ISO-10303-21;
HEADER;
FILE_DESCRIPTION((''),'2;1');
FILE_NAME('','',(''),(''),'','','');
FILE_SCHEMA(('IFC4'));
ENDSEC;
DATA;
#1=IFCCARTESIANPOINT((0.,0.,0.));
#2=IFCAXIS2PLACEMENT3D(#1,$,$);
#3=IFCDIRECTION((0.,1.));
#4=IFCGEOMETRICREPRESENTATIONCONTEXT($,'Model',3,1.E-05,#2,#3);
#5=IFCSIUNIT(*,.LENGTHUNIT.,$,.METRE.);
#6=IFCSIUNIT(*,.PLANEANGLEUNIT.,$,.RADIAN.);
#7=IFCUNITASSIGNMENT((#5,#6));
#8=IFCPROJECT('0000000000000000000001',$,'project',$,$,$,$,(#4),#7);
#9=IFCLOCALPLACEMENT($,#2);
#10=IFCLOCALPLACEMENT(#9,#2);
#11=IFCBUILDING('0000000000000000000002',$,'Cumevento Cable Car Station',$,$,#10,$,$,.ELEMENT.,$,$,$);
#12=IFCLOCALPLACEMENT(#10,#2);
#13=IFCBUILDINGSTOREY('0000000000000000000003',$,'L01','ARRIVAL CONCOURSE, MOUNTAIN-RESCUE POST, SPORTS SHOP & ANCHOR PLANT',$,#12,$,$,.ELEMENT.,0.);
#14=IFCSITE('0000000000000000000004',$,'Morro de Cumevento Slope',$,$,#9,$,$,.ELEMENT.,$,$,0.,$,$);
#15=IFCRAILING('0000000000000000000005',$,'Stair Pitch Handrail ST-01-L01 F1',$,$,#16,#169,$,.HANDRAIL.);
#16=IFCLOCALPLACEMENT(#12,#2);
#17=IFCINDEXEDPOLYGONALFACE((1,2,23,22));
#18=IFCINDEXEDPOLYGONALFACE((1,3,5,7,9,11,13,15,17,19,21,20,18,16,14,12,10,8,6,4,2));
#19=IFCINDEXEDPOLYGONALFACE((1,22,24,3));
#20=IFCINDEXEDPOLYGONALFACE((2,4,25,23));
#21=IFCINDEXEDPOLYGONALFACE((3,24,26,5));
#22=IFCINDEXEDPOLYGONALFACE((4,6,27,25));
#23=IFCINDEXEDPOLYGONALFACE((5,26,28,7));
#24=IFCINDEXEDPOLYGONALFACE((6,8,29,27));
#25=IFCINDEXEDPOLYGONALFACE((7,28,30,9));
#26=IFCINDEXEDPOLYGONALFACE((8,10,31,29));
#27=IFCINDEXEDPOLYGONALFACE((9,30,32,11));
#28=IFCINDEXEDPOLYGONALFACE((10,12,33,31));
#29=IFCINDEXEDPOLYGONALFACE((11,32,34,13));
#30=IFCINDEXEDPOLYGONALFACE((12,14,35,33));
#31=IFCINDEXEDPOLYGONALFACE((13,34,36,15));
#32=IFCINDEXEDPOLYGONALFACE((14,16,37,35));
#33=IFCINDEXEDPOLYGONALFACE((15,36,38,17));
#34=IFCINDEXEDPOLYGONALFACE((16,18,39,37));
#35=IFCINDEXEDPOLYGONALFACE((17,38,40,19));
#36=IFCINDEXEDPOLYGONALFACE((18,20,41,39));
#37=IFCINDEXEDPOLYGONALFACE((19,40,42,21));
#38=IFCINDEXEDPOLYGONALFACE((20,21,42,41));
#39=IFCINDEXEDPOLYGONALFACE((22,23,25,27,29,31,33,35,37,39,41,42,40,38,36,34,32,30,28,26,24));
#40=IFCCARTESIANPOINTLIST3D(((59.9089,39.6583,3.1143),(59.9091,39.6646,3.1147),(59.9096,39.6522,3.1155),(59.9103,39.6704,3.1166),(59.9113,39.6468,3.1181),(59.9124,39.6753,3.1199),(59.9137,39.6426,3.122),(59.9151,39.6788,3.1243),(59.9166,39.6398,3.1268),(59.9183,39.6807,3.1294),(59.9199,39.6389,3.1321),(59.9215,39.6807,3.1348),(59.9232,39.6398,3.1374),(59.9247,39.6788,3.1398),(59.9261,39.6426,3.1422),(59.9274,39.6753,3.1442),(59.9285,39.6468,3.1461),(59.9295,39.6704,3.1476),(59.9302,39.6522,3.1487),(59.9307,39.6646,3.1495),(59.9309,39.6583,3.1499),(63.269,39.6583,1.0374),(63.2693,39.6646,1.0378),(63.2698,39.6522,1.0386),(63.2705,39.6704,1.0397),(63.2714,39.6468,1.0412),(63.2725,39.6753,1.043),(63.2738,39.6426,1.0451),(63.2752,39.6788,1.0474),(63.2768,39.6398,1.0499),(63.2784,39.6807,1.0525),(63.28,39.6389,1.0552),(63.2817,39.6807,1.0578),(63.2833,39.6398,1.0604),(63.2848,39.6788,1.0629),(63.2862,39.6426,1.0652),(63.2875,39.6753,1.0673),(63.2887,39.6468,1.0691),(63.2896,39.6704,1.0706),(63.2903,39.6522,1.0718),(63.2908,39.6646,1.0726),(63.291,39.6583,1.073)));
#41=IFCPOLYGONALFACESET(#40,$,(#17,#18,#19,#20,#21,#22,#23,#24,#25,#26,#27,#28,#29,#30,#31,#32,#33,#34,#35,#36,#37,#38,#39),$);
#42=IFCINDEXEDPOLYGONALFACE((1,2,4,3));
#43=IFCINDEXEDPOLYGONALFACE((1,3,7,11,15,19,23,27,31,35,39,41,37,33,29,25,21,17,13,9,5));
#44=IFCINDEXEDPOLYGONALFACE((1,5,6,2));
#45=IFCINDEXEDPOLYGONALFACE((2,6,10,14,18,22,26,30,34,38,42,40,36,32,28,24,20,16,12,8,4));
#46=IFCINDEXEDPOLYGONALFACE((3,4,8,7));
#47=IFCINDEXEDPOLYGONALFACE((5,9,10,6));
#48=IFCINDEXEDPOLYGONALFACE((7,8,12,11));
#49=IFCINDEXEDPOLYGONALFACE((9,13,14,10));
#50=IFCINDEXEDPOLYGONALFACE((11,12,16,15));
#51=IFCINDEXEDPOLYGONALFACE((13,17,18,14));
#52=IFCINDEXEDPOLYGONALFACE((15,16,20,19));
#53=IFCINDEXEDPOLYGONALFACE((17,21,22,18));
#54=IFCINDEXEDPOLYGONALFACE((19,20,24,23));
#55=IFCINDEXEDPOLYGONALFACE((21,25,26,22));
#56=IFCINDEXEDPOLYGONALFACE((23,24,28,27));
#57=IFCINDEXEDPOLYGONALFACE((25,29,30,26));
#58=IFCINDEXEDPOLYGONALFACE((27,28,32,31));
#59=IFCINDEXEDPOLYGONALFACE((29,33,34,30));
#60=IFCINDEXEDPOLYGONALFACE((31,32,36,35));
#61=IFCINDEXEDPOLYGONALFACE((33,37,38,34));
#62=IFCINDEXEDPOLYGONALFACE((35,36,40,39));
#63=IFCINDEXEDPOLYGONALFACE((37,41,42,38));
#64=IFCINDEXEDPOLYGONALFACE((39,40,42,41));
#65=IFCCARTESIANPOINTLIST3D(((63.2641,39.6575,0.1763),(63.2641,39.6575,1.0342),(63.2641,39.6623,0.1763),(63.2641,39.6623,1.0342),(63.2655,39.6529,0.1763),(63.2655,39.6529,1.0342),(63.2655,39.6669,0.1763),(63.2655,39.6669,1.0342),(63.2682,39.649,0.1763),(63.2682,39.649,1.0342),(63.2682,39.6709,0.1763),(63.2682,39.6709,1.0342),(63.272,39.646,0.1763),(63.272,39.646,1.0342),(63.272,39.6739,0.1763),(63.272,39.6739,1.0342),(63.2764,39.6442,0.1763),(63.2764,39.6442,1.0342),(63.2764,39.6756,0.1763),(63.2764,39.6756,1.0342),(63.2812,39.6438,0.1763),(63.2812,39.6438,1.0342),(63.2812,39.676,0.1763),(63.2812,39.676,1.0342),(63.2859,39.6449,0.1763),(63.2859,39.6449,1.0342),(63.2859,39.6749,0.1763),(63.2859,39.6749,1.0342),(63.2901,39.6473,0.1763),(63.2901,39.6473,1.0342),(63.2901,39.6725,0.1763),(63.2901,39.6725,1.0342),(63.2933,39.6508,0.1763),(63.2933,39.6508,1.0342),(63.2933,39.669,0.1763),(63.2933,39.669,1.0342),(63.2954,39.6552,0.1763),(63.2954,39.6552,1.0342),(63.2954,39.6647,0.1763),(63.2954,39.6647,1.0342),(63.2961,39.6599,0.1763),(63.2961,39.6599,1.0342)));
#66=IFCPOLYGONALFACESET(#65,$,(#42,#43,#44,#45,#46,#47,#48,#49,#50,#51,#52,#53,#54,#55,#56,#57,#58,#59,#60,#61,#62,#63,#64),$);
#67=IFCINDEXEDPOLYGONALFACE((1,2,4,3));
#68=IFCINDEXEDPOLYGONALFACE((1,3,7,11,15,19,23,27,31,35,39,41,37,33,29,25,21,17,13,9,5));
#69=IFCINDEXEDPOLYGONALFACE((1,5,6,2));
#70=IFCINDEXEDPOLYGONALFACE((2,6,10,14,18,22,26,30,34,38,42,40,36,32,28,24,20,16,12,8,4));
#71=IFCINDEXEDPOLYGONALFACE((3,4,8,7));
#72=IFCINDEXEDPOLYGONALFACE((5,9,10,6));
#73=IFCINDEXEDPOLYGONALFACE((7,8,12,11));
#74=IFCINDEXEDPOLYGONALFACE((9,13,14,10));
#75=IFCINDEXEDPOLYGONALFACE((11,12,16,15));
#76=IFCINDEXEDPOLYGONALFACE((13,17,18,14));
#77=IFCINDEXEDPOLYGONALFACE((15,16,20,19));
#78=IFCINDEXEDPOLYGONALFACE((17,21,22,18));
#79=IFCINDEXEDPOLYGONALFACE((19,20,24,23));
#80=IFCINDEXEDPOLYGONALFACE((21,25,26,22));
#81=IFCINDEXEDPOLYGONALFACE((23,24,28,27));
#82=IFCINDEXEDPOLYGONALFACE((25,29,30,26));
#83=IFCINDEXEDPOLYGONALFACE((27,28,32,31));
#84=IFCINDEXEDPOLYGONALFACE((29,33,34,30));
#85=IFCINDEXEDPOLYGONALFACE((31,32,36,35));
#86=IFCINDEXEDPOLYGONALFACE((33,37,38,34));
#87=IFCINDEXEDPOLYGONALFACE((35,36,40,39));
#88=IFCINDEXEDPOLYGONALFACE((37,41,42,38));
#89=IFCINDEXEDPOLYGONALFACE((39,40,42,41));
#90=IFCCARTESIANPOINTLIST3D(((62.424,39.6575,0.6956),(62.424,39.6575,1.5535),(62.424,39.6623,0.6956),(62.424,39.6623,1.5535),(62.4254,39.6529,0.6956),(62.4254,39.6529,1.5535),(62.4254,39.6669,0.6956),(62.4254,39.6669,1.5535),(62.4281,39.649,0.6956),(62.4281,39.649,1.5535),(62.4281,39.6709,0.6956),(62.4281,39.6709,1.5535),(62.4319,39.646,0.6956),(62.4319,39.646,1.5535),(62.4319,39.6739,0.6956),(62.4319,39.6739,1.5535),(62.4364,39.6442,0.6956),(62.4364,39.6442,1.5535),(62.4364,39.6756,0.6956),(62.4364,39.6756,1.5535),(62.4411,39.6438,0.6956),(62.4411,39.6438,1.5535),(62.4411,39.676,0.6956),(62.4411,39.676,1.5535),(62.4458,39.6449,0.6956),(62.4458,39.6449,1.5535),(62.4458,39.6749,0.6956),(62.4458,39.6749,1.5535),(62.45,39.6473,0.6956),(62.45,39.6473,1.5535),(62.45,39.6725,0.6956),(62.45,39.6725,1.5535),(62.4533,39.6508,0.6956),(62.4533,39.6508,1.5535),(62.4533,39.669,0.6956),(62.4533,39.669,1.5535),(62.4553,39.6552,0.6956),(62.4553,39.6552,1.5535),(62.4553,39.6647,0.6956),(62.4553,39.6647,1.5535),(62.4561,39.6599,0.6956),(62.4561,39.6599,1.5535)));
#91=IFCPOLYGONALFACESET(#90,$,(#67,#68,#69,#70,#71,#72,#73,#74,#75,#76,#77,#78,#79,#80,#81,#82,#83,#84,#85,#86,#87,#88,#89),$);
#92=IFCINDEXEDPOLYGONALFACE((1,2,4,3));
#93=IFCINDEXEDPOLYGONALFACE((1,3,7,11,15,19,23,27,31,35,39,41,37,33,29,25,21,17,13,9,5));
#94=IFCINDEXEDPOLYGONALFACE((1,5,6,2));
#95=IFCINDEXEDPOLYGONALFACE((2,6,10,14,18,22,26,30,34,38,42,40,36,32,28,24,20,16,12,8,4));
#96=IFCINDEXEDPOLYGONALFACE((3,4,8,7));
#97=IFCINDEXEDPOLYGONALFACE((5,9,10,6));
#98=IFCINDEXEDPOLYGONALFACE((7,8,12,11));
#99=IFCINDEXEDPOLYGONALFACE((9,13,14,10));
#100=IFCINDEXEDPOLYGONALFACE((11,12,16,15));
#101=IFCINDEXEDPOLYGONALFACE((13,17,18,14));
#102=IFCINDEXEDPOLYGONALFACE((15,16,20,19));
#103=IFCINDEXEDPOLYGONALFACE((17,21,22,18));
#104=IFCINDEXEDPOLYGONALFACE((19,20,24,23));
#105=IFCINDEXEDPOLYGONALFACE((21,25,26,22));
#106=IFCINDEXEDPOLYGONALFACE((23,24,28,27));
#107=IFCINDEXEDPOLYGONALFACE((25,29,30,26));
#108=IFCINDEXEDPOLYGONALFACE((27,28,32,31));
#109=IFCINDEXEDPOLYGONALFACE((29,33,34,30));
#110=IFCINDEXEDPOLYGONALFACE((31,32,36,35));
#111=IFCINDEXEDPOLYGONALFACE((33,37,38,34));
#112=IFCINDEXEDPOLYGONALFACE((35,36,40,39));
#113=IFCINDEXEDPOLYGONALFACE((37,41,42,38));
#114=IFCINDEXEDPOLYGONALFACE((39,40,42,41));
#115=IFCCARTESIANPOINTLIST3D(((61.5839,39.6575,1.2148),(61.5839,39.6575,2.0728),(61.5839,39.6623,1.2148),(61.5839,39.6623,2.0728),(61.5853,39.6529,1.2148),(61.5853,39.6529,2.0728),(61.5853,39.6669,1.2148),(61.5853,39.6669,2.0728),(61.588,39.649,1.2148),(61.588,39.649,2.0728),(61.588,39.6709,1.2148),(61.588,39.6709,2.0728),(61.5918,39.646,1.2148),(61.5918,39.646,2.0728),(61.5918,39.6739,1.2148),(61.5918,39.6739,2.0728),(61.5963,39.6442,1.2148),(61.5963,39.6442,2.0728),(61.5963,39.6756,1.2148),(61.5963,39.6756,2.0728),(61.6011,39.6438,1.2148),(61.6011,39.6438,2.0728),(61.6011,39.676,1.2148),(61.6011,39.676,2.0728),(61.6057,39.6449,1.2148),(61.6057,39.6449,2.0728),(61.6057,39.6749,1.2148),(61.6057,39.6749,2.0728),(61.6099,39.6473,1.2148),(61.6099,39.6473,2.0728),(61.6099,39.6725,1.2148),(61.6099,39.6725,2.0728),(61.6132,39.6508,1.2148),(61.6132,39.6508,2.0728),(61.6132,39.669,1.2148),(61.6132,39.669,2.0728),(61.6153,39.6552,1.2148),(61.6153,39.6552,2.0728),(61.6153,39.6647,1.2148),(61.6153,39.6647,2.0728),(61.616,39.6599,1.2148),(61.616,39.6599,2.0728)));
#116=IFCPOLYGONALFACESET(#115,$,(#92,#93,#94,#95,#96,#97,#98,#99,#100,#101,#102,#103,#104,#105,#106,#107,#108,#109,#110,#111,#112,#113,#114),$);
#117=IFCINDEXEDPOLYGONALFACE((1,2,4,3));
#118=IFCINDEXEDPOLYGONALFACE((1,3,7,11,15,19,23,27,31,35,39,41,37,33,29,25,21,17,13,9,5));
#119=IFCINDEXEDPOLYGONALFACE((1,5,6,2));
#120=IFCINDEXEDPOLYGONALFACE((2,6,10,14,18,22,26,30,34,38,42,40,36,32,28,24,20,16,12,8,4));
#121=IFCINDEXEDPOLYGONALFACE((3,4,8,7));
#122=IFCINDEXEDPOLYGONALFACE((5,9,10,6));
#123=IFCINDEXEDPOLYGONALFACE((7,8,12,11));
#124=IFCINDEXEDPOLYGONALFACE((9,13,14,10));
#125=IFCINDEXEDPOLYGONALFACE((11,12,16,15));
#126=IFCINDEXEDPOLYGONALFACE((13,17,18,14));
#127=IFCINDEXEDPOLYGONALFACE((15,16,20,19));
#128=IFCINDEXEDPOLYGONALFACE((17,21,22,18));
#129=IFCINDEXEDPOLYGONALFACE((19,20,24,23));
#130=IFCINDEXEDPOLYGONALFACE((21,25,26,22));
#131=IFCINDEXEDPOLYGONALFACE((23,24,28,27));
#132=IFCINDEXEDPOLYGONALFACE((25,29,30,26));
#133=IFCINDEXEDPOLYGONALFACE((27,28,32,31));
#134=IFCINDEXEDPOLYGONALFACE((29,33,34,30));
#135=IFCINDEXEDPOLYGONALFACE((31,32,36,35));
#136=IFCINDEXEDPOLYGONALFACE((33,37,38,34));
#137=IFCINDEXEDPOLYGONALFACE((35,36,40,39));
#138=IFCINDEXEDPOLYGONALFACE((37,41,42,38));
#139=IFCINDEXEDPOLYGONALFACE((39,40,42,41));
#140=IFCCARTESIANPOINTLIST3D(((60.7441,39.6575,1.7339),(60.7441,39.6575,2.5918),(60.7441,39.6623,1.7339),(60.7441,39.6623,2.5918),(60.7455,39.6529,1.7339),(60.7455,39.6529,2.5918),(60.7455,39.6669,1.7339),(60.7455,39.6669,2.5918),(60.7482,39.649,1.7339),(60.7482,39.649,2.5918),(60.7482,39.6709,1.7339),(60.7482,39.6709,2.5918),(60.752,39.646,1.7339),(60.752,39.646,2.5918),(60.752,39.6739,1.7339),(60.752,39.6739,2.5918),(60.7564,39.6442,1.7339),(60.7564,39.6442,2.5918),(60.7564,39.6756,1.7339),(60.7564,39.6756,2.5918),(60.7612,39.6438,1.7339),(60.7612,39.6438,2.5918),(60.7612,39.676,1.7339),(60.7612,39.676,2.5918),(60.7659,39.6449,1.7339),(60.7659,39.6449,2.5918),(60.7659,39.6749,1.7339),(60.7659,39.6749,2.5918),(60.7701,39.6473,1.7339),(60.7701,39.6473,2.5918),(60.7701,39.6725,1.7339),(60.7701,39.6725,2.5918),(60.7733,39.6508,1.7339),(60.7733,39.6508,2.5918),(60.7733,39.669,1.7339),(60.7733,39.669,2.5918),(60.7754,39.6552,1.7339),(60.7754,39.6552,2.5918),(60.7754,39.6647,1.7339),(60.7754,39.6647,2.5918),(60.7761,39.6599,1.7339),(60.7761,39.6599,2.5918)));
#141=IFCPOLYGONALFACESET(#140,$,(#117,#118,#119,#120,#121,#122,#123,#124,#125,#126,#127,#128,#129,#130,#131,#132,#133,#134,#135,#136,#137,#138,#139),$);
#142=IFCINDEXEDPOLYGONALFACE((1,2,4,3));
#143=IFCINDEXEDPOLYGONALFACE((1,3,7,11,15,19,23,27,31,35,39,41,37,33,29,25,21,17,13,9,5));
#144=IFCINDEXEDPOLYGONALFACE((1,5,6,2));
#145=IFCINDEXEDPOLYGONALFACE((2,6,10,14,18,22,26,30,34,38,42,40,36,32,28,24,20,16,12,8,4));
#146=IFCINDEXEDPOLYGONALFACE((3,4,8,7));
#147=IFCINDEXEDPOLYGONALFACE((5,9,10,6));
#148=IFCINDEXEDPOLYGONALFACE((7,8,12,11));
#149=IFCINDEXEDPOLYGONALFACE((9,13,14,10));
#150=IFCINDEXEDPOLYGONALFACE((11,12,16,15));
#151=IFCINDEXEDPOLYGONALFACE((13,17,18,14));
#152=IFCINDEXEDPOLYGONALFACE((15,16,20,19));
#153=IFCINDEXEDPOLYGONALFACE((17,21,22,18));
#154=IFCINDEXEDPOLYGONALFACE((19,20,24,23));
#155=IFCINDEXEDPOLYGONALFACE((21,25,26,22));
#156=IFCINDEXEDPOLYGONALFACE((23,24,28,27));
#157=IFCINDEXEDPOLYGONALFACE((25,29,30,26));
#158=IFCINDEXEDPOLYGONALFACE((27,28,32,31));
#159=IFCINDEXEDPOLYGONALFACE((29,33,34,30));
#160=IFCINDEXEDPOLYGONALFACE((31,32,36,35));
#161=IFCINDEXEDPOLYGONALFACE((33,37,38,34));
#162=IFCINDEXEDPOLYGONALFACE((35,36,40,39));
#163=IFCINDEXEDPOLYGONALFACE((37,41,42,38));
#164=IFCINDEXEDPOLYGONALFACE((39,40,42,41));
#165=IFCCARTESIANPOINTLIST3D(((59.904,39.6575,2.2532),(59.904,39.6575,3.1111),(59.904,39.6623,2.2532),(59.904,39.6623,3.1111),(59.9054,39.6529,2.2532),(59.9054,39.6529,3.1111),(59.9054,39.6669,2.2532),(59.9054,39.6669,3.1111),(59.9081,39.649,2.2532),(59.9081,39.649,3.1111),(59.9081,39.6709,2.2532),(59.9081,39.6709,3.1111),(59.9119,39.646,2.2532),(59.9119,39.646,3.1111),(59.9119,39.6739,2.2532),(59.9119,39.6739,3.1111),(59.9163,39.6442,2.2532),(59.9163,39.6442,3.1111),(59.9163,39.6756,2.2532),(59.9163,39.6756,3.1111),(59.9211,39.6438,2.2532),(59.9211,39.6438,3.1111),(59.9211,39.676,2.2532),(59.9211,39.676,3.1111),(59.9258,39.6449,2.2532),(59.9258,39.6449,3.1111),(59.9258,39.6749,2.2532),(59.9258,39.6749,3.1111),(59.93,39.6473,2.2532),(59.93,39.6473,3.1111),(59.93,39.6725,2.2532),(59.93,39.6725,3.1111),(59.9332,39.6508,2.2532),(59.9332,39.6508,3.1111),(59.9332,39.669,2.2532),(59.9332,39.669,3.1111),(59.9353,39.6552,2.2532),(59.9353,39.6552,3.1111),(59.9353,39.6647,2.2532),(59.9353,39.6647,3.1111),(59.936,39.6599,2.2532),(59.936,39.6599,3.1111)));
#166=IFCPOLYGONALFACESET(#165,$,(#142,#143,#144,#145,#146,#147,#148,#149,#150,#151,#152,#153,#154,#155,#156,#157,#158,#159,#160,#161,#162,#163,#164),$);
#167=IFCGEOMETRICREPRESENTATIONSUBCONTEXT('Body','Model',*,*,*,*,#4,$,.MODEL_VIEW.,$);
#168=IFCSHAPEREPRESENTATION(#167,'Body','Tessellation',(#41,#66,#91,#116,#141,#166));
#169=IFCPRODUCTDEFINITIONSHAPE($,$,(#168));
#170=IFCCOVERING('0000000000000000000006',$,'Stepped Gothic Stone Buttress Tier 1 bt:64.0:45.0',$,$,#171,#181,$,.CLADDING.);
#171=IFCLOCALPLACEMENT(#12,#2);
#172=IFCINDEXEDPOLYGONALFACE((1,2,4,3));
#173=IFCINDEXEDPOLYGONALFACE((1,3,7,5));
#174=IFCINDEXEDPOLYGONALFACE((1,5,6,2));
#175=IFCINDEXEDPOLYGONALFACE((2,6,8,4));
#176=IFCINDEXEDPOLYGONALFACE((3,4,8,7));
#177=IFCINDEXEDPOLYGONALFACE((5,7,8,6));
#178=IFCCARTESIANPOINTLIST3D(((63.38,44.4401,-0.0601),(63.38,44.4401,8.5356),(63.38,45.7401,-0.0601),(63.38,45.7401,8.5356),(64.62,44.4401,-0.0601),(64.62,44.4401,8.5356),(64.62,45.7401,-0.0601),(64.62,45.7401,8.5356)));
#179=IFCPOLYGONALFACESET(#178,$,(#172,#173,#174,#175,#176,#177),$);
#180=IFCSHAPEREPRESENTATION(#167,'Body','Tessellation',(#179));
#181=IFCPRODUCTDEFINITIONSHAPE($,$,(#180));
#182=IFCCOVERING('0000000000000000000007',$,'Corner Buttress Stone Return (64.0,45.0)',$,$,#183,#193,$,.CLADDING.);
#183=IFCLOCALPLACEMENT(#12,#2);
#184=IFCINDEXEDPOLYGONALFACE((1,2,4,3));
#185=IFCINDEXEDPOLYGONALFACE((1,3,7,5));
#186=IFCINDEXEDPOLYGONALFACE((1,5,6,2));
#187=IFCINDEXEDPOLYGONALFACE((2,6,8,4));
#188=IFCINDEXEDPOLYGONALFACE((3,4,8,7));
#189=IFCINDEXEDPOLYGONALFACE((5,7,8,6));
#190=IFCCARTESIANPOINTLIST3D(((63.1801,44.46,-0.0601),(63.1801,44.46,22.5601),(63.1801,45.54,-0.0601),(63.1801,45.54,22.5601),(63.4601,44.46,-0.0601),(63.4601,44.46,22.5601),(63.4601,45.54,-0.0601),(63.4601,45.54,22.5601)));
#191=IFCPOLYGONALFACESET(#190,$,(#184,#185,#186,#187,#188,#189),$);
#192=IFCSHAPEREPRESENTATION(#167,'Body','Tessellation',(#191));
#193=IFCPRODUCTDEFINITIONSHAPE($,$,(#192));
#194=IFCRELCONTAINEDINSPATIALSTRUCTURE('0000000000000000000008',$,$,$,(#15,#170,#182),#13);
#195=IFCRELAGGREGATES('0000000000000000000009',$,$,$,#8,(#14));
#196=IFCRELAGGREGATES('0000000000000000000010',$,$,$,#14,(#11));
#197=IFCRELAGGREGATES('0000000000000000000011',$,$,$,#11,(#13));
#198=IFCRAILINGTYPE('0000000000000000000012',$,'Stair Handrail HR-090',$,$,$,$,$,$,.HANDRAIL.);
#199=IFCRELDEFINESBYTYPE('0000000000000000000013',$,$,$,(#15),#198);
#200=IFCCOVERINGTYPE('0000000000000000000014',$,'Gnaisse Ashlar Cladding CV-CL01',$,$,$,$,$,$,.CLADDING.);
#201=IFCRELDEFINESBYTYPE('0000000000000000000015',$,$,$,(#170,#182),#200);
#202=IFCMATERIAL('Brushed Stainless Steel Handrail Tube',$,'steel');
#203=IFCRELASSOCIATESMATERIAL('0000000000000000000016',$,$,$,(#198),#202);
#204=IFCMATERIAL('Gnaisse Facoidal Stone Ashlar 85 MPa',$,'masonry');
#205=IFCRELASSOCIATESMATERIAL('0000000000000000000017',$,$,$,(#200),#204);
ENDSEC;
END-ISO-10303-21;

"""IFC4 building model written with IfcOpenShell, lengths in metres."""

from ifc_helpers import new_model, si_unit, direction, frame, origin, origin_2d, place, context, subcontext, project, spatial, rectangle, circle, extrude, material, type_object, element, save


model = new_model("IFC4")

# Units and contexts
model_context = context("Model", 3, precision=1e-05, world=origin(), true_north=direction((0.0, 1.0)))
body_context = subcontext(model_context, "Body", "Model", "MODEL_VIEW")
ifc_project = project(units=[si_unit("LENGTHUNIT", "METRE"), si_unit("PLANEANGLEUNIT", "RADIAN")], contexts=[model_context])

# Site, building, storey
site_placement = place(None, origin())
site = spatial("IfcSite", under=ifc_project, at=site_placement, Name="Morro de Cumevento Slope", CompositionType="ELEMENT", RefElevation=0.0)
building_placement = place(site_placement, origin())
building = spatial("IfcBuilding", under=site, at=building_placement, Name="Cumevento Cable Car Station", CompositionType="ELEMENT")
storey_placement = place(building_placement, origin())
storey = spatial("IfcBuildingStorey", under=building, at=storey_placement, Name="L01", Description="ARRIVAL CONCOURSE, MOUNTAIN-RESCUE POST, SPORTS SHOP & ANCHOR PLANT", CompositionType="ELEMENT", Elevation=0.0)

# Railing
ifc_material_1 = material(Name="Brushed Stainless Steel Handrail Tube", Category="steel")
railing_type_1 = type_object("IfcRailingType", Name="Stair Handrail HR-090", PredefinedType="HANDRAIL", material=ifc_material_1)
railing_1_placement = place(storey_placement, frame((63.28, 39.6599, 0.1763)))
element("IfcRailing", 1, at=railing_1_placement, inside=storey, type_object=railing_type_1, Name="Stair Pitch Handrail ST-01-L01 F1", PredefinedType="HANDRAIL", context=body_context, shape_type="SweptSolid", body=[
    extrude(circle(Radius=0.021, at=origin_2d()), frame((0.0, 0.0, 0.8789), z_axis=(-0.850623, 0.0, 0.525776), x_axis=(0.0, -1.0, 0.0)), (0.0, 0.0, 1.0), 3.9502),
    extrude(circle(Radius=0.0161, at=origin_2d()), origin(), (0.0, 0.0, 1.0), 0.8579),
    extrude(circle(Radius=0.0161, at=origin_2d()), frame((-0.8401, 0.0, 0.5193)), (0.0, 0.0, 1.0), 0.8579),
    extrude(circle(Radius=0.0161, at=origin_2d()), frame((-1.6802, 0.0, 1.0386)), (0.0, 0.0, 1.0), 0.8579),
    extrude(circle(Radius=0.0161, at=origin_2d()), frame((-2.52, 0.0, 1.5576)), (0.0, 0.0, 1.0), 0.8579),
    extrude(circle(Radius=0.0161, at=origin_2d()), frame((-3.3601, 0.0, 2.0769)), (0.0, 0.0, 1.0), 0.8579),
])

# Coverings
ifc_material_2 = material(Name="Gnaisse Facoidal Stone Ashlar 85 MPa", Category="masonry")
covering_type = type_object("IfcCoveringType", Name="Gnaisse Ashlar Cladding CV-CL01", PredefinedType="CLADDING", material=ifc_material_2)
covering_1_placement = place(storey_placement, frame((64.0, 45.0901, -0.0601), z_axis=(0.0, 0.0, 1.0), x_axis=(-1.0, 0.0, 0.0)))
element("IfcCovering", 2, at=covering_1_placement, inside=storey, type_object=covering_type, Name="Stepped Gothic Stone Buttress Tier 1 bt:64.0:45.0", PredefinedType="CLADDING", context=body_context, shape_type="SweptSolid", body=[
    extrude(rectangle(XDim=1.24, YDim=1.3, at=origin_2d()), origin(), (0.0, 0.0, 1.0), 8.5957),
])
covering_2_placement = place(storey_placement, frame((63.3201, 45.0, -0.0601), z_axis=(0.0, 0.0, 1.0), x_axis=(1.0, 0.0, 0.0)))
element("IfcCovering", 3, at=covering_2_placement, inside=storey, type_object=covering_type, Name="Corner Buttress Stone Return (64.0,45.0)", PredefinedType="CLADDING", context=body_context, shape_type="SweptSolid", body=[
    extrude(rectangle(XDim=0.28, YDim=1.0801, at=origin_2d()), origin(), (0.0, 0.0, 1.0), 22.6201),
])

save(model, "model.ifc")
